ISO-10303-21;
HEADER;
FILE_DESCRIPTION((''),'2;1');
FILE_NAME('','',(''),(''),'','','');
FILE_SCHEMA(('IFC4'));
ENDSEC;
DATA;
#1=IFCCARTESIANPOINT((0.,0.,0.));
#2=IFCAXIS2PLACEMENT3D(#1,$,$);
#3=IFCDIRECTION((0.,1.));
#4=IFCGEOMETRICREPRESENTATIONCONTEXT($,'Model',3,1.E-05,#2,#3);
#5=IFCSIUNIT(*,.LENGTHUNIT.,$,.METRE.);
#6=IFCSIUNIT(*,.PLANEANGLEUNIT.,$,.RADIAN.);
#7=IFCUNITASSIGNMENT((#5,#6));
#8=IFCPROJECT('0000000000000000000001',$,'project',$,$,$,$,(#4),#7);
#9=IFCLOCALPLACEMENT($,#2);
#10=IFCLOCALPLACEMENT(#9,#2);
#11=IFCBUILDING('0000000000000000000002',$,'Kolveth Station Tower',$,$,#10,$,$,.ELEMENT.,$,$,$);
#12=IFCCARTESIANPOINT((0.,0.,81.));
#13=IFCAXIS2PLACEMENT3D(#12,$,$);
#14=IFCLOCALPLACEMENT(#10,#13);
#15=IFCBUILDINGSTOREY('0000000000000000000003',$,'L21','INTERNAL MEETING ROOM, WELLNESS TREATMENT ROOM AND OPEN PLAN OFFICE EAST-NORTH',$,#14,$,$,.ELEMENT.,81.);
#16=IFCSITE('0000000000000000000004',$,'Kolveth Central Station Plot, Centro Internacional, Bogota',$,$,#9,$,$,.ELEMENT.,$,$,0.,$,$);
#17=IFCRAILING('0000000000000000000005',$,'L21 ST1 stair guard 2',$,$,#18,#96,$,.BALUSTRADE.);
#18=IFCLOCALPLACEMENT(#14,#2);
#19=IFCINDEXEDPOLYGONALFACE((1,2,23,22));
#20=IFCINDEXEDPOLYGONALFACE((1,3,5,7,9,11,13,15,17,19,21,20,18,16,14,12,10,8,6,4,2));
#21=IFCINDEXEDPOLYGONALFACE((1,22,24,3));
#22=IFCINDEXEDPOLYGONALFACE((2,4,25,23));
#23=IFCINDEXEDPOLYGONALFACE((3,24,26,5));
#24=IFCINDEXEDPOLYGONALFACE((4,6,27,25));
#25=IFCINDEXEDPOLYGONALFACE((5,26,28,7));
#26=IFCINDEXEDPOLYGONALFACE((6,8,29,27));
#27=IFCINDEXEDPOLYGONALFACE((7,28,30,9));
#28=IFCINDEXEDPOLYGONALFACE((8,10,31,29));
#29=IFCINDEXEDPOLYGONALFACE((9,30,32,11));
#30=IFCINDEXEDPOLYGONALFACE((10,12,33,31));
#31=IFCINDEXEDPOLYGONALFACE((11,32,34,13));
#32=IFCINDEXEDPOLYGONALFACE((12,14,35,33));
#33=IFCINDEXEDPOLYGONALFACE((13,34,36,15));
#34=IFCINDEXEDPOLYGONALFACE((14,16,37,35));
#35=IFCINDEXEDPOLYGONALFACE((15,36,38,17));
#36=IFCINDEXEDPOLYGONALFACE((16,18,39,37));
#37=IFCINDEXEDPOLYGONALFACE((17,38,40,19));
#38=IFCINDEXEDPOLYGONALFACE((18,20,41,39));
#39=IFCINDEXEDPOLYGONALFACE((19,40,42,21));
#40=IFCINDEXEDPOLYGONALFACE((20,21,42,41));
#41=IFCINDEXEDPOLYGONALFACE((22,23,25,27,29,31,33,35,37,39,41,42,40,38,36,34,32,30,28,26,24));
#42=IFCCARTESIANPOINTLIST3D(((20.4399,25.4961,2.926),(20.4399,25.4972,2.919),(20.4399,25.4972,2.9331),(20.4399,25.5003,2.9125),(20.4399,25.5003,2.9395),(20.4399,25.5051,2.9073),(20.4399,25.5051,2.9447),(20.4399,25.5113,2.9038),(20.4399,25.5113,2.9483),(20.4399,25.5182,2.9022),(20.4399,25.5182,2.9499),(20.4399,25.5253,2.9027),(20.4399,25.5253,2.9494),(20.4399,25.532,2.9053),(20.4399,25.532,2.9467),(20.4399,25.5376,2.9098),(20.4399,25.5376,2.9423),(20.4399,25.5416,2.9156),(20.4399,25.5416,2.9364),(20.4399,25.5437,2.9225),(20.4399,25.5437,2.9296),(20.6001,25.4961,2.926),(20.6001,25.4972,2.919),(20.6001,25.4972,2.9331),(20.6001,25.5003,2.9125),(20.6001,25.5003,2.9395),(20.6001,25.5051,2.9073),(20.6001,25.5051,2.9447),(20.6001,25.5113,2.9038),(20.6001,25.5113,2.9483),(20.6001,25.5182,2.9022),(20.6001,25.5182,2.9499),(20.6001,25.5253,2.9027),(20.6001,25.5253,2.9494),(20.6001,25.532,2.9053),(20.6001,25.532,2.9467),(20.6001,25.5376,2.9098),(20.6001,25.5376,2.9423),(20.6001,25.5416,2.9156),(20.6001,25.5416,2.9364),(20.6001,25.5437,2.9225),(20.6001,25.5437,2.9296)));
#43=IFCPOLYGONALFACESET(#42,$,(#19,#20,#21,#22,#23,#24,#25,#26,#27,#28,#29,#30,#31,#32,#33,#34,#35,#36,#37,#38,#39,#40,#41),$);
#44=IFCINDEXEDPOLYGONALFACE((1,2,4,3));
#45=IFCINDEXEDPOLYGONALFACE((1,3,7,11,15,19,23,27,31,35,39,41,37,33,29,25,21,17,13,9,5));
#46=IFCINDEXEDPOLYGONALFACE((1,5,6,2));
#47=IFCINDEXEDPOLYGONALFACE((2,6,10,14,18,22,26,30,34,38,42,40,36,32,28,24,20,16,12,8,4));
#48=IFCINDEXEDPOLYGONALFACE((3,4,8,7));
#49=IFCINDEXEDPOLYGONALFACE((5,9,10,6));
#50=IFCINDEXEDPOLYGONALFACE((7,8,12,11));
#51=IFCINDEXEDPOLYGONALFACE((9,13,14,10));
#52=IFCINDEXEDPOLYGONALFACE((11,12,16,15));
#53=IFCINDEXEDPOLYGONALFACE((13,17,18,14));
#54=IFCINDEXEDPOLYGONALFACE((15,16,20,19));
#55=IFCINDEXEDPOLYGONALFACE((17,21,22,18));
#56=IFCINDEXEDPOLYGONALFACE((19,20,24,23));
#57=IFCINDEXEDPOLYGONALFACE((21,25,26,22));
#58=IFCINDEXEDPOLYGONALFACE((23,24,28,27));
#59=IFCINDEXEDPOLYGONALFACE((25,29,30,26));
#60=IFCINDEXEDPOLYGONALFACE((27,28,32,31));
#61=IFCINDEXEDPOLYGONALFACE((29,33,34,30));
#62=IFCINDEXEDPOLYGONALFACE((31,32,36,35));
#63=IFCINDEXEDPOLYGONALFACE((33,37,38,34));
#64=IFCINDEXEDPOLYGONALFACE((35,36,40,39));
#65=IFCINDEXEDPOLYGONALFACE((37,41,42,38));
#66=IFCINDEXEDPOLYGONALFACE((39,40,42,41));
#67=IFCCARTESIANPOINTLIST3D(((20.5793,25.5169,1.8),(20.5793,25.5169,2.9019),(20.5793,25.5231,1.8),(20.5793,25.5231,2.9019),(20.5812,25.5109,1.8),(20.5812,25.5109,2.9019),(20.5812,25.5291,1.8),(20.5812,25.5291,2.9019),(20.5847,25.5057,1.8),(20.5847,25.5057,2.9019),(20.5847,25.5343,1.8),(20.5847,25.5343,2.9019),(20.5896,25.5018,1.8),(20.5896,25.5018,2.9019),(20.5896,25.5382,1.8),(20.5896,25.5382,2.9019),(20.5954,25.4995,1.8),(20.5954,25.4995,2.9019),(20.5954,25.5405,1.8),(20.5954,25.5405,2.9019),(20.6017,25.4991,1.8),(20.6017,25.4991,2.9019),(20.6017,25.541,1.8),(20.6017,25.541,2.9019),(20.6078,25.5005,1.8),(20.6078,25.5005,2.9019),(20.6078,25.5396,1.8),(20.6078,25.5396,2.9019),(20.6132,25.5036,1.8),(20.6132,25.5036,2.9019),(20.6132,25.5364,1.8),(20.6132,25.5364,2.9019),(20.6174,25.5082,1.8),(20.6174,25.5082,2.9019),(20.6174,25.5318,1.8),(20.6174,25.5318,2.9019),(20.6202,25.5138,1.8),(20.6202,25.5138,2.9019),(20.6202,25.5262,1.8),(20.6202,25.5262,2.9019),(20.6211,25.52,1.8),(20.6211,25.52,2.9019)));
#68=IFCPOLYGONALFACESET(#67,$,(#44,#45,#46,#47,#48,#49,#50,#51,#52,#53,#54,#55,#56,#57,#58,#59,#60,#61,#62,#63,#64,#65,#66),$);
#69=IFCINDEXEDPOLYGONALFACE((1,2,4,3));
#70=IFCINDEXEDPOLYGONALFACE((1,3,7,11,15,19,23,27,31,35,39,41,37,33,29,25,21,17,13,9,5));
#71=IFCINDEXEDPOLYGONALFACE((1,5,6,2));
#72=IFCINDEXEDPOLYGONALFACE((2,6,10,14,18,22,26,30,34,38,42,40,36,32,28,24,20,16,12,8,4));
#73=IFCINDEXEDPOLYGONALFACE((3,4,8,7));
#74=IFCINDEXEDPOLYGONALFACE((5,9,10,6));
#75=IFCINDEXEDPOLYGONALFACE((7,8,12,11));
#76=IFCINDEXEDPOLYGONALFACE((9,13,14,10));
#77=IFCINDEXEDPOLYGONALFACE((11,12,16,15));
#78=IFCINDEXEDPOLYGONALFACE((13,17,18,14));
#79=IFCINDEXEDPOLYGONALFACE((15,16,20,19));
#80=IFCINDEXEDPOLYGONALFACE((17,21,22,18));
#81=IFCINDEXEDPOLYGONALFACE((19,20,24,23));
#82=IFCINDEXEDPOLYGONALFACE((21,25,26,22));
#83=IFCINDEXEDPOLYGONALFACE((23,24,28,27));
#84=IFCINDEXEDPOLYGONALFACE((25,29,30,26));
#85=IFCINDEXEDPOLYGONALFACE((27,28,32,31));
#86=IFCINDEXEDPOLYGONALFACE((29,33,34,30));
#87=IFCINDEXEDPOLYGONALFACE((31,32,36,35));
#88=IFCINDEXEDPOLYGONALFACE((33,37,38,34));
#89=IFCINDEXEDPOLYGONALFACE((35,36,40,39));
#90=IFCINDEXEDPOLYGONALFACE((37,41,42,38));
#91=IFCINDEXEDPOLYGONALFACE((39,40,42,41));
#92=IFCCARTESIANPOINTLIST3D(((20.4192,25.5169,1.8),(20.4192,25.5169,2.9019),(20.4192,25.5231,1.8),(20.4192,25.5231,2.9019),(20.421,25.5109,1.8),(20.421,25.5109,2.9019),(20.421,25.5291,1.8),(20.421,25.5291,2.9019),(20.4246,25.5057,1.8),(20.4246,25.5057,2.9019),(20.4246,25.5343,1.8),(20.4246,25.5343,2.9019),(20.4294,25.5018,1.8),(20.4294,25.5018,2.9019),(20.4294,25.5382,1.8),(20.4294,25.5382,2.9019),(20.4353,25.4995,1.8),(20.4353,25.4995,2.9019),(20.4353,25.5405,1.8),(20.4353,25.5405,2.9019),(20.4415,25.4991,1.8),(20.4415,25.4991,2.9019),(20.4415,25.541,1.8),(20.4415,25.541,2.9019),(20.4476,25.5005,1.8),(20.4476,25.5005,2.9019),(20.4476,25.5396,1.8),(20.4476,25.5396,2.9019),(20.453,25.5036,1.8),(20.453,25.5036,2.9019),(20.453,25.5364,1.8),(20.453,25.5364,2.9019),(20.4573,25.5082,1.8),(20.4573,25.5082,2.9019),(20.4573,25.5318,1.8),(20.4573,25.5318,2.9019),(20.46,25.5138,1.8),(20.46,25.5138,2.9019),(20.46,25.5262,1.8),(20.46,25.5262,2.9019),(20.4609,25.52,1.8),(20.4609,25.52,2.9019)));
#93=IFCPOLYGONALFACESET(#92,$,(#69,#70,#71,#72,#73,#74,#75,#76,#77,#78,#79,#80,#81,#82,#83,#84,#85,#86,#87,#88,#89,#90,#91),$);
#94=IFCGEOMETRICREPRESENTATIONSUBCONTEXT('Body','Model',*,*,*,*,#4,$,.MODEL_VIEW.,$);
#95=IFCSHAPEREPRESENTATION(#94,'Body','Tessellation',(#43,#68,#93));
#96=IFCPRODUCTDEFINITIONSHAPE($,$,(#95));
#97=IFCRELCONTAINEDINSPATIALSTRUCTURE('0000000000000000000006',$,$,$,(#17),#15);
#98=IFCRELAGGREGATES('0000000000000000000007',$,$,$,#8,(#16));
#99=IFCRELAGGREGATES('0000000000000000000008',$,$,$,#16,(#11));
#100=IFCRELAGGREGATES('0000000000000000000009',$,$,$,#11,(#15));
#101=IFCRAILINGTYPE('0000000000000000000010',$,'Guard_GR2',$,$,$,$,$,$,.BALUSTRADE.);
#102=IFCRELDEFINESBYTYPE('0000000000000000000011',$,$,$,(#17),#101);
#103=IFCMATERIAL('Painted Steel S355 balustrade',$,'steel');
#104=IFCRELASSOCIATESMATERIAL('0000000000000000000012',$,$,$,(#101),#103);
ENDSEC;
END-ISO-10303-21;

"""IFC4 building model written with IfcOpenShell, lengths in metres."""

from ifc_helpers import new_model, si_unit, direction, frame, origin, origin_2d, place, context, subcontext, project, spatial, circle, extrude, material, type_object, element, save


model = new_model("IFC4")

# Units and contexts
model_context = context("Model", 3, precision=1e-05, world=origin(), true_north=direction((0.0, 1.0)))
body_context = subcontext(model_context, "Body", "Model", "MODEL_VIEW")
ifc_project = project(units=[si_unit("LENGTHUNIT", "METRE"), si_unit("PLANEANGLEUNIT", "RADIAN")], contexts=[model_context])

# Site, building, storey
site_placement = place(None, origin())
site = spatial("IfcSite", under=ifc_project, at=site_placement, Name="Kolveth Central Station Plot, Centro Internacional, Bogota", CompositionType="ELEMENT", RefElevation=0.0)
building_placement = place(site_placement, origin())
building = spatial("IfcBuilding", under=site, at=building_placement, Name="Kolveth Station Tower", CompositionType="ELEMENT")
storey_placement = place(building_placement, frame((0.0, 0.0, 81.0)))
storey = spatial("IfcBuildingStorey", under=building, at=storey_placement, Name="L21", Description="INTERNAL MEETING ROOM, WELLNESS TREATMENT ROOM AND OPEN PLAN OFFICE EAST-NORTH", CompositionType="ELEMENT", Elevation=81.0)

# Railing
ifc_material_1 = material(Name="Painted Steel S355 balustrade", Category="steel")
railing_type_1 = type_object("IfcRailingType", Name="Guard_GR2", PredefinedType="BALUSTRADE", material=ifc_material_1)
railing_1_placement = place(storey_placement, frame((20.6001, 25.52, 1.8)))
element("IfcRailing", 1, at=railing_1_placement, inside=storey, type_object=railing_type_1, Name="L21 ST1 stair guard 2", PredefinedType="BALUSTRADE", context=body_context, shape_type="SweptSolid", body=[
    extrude(circle(Radius=0.0239, at=origin_2d()), frame((0.0, 0.0, 1.126), z_axis=(-1.0, 0.0, 0.0), x_axis=(0.0, -1.0, 0.0)), (0.0, 0.0, 1.0), 0.1602),
    extrude(circle(Radius=0.021, at=origin_2d()), origin(), (0.0, 0.0, 1.0), 1.1018),
    extrude(circle(Radius=0.021, at=origin_2d()), frame((-0.1602, 0.0, 0.0)), (0.0, 0.0, 1.0), 1.1018),
])

save(model, "model.ifc")
